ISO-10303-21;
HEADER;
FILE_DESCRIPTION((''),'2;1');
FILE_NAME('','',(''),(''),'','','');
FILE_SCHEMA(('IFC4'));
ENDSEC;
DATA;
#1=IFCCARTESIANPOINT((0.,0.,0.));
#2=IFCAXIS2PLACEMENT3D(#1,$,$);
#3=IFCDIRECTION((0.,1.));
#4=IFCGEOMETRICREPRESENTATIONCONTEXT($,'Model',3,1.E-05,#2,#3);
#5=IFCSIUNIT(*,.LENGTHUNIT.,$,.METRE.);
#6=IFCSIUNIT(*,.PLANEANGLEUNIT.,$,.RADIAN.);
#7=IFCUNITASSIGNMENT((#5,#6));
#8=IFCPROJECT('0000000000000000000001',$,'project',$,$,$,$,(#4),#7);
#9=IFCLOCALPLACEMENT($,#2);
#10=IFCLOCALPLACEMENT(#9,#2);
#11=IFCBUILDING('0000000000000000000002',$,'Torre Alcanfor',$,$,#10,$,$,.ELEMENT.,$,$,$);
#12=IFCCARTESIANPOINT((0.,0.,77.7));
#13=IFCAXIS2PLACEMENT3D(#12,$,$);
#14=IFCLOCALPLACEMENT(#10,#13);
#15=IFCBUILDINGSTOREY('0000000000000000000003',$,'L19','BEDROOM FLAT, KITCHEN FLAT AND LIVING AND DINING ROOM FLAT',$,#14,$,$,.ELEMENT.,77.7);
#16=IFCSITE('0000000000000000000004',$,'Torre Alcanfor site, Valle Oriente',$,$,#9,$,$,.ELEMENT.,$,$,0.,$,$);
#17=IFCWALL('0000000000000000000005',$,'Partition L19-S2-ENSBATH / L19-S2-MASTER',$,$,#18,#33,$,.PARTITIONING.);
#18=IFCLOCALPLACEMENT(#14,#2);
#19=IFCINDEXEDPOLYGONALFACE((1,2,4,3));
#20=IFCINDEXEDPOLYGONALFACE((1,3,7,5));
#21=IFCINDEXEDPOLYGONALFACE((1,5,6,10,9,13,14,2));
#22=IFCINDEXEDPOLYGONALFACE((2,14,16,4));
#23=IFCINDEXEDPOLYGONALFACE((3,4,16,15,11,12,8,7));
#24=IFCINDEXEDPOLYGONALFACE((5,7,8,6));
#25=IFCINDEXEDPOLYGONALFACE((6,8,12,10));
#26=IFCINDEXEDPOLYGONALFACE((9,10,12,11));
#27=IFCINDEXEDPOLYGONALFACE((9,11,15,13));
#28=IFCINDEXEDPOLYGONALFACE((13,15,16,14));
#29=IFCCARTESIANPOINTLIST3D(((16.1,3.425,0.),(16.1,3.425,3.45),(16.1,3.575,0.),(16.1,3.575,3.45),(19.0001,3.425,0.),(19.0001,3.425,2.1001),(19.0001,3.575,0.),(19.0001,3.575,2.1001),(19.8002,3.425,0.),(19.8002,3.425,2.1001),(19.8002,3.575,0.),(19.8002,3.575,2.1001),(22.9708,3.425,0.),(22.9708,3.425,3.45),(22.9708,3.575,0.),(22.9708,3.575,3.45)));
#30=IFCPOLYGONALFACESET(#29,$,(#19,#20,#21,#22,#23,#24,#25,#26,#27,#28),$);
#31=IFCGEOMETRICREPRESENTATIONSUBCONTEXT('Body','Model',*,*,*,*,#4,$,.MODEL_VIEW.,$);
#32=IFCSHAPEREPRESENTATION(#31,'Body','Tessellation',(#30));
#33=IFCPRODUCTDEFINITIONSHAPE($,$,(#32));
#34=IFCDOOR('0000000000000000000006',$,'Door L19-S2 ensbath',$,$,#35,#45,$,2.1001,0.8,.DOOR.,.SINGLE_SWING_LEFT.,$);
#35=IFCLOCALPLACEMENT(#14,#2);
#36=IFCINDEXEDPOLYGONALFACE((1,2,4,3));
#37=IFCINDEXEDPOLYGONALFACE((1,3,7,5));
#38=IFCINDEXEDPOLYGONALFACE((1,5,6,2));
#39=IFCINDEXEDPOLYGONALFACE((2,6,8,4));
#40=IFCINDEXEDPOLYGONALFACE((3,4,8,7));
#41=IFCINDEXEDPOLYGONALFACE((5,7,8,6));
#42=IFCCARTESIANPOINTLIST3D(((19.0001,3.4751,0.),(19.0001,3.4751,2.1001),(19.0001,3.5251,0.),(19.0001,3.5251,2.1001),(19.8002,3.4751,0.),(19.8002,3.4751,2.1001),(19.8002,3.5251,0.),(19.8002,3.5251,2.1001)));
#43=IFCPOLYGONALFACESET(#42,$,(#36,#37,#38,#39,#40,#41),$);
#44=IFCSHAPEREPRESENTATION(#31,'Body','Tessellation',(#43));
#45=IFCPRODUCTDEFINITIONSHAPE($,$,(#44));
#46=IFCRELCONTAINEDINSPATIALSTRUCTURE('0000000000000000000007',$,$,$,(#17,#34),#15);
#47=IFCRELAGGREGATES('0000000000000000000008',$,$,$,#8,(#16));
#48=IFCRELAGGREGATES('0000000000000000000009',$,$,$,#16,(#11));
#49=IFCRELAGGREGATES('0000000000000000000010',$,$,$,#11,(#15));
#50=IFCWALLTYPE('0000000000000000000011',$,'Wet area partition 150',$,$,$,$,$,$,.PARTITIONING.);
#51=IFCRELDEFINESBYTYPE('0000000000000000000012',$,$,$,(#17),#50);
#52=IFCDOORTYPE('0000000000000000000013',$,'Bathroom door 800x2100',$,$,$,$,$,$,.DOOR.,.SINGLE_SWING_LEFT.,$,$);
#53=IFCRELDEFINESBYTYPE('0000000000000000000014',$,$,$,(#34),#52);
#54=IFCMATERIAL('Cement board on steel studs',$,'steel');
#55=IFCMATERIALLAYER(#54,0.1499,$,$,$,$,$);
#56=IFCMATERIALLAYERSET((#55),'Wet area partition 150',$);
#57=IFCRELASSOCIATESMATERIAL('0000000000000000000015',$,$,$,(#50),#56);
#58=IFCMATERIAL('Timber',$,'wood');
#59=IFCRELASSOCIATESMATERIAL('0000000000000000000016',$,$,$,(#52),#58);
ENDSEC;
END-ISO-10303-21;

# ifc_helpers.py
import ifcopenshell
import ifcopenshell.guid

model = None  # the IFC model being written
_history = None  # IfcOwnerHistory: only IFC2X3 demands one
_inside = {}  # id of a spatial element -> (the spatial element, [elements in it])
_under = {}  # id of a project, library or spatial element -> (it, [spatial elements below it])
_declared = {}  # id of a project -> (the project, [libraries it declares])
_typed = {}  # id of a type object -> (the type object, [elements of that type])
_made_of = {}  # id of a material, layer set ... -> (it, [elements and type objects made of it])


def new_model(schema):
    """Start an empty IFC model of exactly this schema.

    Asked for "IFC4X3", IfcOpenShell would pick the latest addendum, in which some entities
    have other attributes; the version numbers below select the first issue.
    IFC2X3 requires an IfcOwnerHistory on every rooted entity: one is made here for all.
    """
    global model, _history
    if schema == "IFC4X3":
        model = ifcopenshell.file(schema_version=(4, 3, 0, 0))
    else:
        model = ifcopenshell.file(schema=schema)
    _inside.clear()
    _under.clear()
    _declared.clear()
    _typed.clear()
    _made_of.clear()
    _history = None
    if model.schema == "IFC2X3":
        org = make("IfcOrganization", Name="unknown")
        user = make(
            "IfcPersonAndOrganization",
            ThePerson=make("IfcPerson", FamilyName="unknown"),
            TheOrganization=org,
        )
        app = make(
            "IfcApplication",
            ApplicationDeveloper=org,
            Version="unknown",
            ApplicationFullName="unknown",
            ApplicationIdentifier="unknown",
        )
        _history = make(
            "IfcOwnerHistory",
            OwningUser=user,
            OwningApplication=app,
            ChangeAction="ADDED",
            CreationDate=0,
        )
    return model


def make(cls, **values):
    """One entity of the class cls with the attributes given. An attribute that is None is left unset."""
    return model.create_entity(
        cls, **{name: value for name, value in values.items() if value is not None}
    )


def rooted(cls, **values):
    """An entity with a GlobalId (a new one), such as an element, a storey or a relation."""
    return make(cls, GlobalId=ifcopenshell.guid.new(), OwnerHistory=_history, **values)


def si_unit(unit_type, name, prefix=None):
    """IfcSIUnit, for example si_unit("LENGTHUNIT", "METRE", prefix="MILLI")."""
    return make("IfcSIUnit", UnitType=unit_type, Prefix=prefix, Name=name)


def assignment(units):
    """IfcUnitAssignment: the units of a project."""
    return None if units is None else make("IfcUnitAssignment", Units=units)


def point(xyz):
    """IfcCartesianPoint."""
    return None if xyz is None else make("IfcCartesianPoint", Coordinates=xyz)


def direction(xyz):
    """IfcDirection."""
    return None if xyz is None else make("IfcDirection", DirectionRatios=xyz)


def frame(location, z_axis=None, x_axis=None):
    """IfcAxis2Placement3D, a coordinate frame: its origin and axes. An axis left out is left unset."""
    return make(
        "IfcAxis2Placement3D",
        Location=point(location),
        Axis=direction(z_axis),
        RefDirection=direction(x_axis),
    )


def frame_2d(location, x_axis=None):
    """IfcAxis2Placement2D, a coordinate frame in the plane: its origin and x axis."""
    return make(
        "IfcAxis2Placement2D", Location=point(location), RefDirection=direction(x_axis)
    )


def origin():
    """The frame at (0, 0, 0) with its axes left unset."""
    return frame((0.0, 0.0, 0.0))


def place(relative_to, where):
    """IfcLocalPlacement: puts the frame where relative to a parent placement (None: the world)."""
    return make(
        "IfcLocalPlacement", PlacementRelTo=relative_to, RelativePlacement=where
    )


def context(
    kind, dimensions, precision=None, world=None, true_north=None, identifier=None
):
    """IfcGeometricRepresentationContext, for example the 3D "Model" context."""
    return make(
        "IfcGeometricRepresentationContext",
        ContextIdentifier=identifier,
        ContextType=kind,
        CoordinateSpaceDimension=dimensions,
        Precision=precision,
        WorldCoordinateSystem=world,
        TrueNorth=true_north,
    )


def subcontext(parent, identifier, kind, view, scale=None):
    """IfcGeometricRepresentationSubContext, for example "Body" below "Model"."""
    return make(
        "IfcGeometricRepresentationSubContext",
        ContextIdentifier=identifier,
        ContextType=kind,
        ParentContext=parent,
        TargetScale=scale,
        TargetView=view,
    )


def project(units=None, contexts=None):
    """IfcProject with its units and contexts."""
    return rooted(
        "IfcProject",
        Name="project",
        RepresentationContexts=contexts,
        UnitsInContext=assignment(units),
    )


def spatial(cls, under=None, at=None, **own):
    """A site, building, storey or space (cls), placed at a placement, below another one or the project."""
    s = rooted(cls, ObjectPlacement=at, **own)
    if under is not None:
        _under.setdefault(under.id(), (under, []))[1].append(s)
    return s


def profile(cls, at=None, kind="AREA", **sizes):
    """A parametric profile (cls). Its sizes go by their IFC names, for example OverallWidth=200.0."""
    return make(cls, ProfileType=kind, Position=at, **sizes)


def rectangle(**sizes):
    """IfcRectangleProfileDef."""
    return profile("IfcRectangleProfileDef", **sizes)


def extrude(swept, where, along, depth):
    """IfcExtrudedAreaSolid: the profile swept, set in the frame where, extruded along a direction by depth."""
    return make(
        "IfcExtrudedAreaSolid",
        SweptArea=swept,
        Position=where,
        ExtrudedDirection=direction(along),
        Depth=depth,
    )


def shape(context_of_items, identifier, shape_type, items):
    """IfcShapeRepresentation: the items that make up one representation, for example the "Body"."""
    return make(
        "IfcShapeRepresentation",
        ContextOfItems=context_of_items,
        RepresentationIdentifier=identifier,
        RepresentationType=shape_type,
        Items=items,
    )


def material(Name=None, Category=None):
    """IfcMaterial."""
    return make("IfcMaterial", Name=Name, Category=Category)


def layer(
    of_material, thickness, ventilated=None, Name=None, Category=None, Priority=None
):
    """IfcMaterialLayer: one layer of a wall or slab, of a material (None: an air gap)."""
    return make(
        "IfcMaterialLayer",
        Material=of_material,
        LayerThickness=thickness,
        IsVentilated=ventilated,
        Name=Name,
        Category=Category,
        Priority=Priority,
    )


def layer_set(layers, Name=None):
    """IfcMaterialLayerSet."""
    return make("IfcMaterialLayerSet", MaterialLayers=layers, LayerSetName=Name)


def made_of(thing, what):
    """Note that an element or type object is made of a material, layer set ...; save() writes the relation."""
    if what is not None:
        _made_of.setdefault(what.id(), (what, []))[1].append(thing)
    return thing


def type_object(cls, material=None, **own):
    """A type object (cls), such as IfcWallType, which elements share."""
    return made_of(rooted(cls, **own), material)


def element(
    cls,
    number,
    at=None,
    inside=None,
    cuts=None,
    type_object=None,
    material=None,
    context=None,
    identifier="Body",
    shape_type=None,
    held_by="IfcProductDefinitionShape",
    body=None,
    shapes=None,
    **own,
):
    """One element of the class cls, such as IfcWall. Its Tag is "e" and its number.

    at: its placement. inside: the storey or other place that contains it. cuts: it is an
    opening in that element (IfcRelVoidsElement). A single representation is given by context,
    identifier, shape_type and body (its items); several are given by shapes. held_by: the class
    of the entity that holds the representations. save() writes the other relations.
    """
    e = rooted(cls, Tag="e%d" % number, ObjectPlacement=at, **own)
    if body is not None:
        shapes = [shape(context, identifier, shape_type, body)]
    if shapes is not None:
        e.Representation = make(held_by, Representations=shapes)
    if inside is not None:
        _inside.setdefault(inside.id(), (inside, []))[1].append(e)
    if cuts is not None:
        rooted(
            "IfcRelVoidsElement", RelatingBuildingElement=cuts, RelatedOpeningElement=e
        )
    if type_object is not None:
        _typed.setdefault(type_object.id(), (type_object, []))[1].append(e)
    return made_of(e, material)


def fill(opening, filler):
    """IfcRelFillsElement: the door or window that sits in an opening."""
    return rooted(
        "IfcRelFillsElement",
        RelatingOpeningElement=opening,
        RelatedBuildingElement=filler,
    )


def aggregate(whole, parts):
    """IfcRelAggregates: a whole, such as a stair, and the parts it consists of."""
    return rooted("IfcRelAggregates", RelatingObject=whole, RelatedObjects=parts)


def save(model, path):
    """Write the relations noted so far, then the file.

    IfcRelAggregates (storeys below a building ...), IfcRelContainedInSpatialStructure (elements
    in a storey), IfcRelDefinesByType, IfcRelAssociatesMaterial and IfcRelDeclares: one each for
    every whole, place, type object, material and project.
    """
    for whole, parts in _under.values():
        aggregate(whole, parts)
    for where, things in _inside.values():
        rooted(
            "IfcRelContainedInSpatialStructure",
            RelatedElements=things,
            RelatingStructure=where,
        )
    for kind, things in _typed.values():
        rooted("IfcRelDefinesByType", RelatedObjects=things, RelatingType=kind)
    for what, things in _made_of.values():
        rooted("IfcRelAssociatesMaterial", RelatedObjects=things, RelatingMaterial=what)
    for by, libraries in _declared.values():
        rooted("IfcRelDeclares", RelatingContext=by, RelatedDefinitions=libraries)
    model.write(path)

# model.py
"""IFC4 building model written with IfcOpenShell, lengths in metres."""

from ifc_helpers import new_model, si_unit, direction, frame, frame_2d, origin, place, context, subcontext, project, spatial, rectangle, extrude, material, layer, layer_set, type_object, element, fill, save


model = new_model("IFC4")

# Units and contexts
model_context = context("Model", 3, precision=1e-05, world=origin(), true_north=direction((0.0, 1.0)))
body_context = subcontext(model_context, "Body", "Model", "MODEL_VIEW")
ifc_project = project(units=[si_unit("LENGTHUNIT", "METRE"), si_unit("PLANEANGLEUNIT", "RADIAN")], contexts=[model_context])

# Site, building, storey
site_placement = place(None, origin())
site = spatial("IfcSite", under=ifc_project, at=site_placement, Name="Torre Alcanfor site, Valle Oriente", CompositionType="ELEMENT", RefElevation=0.0)
building_placement = place(site_placement, origin())
building = spatial("IfcBuilding", under=site, at=building_placement, Name="Torre Alcanfor", CompositionType="ELEMENT")
storey_placement = place(building_placement, frame((0.0, 0.0, 77.7)))
storey = spatial("IfcBuildingStorey", under=building, at=storey_placement, Name="L19", Description="BEDROOM FLAT, KITCHEN FLAT AND LIVING AND DINING ROOM FLAT", CompositionType="ELEMENT", Elevation=77.7)

# Shared definitions
ifc_material_1 = material(Name="Cement board on steel studs", Category="steel")
ifc_layer_1 = layer(ifc_material_1, 0.1499)
ifc_layer_set_1 = layer_set([ifc_layer_1], Name="Wet area partition 150")
wall_type_1 = type_object("IfcWallType", Name="Wet area partition 150", PredefinedType="PARTITIONING", material=ifc_layer_set_1)

# Wall, opening, door
wall_1_placement = place(storey_placement, frame((22.9709, 3.5, 0.0), z_axis=(0.0, 0.0, 1.0), x_axis=(-1.0, 0.0, 0.0)))
wall_1 = element("IfcWall", 1, at=wall_1_placement, inside=storey, type_object=wall_type_1, Name="Partition L19-S2-ENSBATH / L19-S2-MASTER", PredefinedType="PARTITIONING", context=body_context, shape_type="SweptSolid", body=[
    extrude(rectangle(XDim=6.8708, YDim=0.1499, at=frame_2d((3.4355, 0.0))), origin(), (0.0, 0.0, 1.0), 3.45),
])
opening_1_placement = place(wall_1_placement, frame((3.1709, 0.0, 0.0)))
opening_1 = element("IfcOpeningElement", 2, at=opening_1_placement, cuts=wall_1, PredefinedType="OPENING", context=body_context, shape_type="SweptSolid", body=[
    extrude(rectangle(XDim=0.8, YDim=2.1001, at=frame_2d((0.3999, 1.05))), frame((0.0, 0.085, 0.0), z_axis=(0.0, -1.0, 0.0), x_axis=(1.0, 0.0, 0.0)), (0.0, 0.0, 1.0), 0.1699),
])
ifc_material_2 = material(Name="Timber", Category="wood")
door_type_1 = type_object("IfcDoorType", Name="Bathroom door 800x2100", OperationType="SINGLE_SWING_LEFT", PredefinedType="DOOR", material=ifc_material_2)
door_1_placement = place(opening_1_placement, frame((0.8, 0.0, 0.0), z_axis=(0.0, 0.0, 1.0), x_axis=(-1.0, 0.0, 0.0)))
door_1 = element("IfcDoor", 3, at=door_1_placement, inside=storey, type_object=door_type_1, Name="Door L19-S2 ensbath", OperationType="SINGLE_SWING_LEFT", OverallHeight=2.1001, OverallWidth=0.8, PredefinedType="DOOR", context=body_context, shape_type="SweptSolid", body=[
    extrude(rectangle(XDim=0.8, YDim=2.1001, at=frame_2d((0.4001, 1.05))), frame((0.0, 0.0251, 0.0), z_axis=(0.0, -1.0, 0.0), x_axis=(1.0, 0.0, 0.0)), (0.0, 0.0, 1.0), 0.05),
])
fill(opening_1, door_1)

save(model, "model.ifc")
